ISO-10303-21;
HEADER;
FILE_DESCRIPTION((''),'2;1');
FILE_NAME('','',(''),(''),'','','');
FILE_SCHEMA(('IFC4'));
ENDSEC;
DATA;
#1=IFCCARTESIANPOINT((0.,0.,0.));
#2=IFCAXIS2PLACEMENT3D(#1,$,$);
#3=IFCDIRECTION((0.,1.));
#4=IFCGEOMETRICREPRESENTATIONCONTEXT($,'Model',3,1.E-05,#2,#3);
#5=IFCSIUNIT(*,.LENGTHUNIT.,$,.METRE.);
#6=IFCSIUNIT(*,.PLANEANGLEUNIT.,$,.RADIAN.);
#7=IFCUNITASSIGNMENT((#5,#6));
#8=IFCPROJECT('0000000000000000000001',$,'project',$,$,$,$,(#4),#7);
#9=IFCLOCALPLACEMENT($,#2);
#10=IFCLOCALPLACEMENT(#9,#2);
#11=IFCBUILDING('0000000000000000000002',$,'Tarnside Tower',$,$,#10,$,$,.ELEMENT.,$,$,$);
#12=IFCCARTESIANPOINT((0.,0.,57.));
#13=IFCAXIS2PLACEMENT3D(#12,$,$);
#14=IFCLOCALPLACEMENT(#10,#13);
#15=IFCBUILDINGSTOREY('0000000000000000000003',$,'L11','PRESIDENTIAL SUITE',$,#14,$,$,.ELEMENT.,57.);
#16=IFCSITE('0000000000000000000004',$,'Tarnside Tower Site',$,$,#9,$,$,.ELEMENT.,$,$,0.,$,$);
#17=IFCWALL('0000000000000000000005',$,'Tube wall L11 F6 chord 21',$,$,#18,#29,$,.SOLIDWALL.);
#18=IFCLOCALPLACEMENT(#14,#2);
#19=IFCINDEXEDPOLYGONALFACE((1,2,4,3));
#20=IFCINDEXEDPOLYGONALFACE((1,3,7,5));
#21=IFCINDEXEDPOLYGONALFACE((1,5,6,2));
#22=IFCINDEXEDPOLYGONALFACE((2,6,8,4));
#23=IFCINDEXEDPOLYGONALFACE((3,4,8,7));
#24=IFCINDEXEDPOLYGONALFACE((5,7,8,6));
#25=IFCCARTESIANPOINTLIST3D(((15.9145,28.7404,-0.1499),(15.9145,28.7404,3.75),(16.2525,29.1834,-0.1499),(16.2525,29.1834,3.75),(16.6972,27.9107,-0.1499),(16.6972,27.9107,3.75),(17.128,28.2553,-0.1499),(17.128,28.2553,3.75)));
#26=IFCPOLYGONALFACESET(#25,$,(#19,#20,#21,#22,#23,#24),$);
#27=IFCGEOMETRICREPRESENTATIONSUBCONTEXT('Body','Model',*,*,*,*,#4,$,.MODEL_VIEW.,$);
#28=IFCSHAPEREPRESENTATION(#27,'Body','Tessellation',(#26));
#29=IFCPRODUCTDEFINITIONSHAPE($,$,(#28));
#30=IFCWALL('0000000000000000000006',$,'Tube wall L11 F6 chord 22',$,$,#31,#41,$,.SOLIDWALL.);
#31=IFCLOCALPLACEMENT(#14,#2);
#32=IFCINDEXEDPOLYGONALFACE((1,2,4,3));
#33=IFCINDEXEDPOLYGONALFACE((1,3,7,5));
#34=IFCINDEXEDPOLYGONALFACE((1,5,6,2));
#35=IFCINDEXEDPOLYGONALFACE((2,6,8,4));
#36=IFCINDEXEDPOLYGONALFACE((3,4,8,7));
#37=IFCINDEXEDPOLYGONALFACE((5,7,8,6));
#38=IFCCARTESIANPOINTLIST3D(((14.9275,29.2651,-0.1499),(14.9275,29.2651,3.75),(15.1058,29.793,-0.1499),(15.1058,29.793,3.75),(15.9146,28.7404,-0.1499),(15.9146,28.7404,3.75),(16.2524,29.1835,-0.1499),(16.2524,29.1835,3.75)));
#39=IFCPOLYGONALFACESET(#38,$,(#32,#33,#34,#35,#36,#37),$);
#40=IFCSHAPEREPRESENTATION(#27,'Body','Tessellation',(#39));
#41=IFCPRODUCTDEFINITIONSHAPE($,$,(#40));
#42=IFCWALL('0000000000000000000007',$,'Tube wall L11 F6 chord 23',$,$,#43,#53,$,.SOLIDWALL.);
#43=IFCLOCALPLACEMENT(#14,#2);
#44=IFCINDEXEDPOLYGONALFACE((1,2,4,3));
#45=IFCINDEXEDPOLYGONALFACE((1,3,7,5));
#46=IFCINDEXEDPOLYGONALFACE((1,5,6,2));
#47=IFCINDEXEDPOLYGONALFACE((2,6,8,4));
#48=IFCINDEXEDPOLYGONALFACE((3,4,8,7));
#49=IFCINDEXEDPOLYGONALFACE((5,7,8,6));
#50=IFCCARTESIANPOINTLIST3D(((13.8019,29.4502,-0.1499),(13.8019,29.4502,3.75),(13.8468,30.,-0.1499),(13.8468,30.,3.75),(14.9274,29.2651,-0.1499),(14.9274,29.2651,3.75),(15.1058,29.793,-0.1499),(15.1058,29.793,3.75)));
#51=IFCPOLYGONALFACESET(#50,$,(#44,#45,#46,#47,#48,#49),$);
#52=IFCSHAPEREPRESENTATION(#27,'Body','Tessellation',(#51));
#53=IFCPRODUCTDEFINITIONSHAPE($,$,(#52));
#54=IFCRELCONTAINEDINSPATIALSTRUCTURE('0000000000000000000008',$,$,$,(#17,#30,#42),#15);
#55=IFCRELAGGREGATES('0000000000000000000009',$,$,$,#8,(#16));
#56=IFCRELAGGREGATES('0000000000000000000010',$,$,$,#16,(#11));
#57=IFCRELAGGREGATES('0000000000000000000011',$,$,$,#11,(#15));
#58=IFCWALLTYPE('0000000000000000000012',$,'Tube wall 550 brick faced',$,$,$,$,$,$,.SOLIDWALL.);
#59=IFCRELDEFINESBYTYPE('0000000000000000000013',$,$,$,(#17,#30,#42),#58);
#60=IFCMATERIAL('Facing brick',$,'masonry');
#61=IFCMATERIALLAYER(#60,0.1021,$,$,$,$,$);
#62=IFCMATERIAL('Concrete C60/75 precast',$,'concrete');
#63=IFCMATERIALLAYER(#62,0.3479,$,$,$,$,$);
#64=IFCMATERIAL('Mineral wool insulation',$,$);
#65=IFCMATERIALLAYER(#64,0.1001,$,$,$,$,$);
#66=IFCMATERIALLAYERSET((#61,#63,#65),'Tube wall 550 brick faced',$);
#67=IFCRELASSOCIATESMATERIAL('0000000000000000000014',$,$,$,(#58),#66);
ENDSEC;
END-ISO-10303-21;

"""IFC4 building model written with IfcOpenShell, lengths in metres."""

from ifc_helpers import new_model, si_unit, direction, frame, origin, place, context, subcontext, project, spatial, polyline, outline, extrude, material, layer, layer_set, type_object, element, save


model = new_model("IFC4")

# Units and contexts
model_context = context("Model", 3, precision=1e-05, world=origin(), true_north=direction((0.0, 1.0)))
body_context = subcontext(model_context, "Body", "Model", "MODEL_VIEW")
ifc_project = project(units=[si_unit("LENGTHUNIT", "METRE"), si_unit("PLANEANGLEUNIT", "RADIAN")], contexts=[model_context])

# Site, building, storey
site_placement = place(None, origin())
site = spatial("IfcSite", under=ifc_project, at=site_placement, Name="Tarnside Tower Site", CompositionType="ELEMENT", RefElevation=0.0)
building_placement = place(site_placement, origin())
building = spatial("IfcBuilding", under=site, at=building_placement, Name="Tarnside Tower", CompositionType="ELEMENT")
storey_placement = place(building_placement, frame((0.0, 0.0, 57.0)))
storey = spatial("IfcBuildingStorey", under=building, at=storey_placement, Name="L11", Description="PRESIDENTIAL SUITE", CompositionType="ELEMENT", Elevation=57.0)

# Shared definitions
ifc_material_1 = material(Name="Facing brick", Category="masonry")
ifc_layer_1 = layer(ifc_material_1, 0.1021)
ifc_material_2 = material(Name="Concrete C60/75 precast", Category="concrete")
ifc_layer_2 = layer(ifc_material_2, 0.3479)
ifc_material_3 = material(Name="Mineral wool insulation")
ifc_layer_3 = layer(ifc_material_3, 0.1001)
ifc_layer_set_1 = layer_set([ifc_layer_1, ifc_layer_2, ifc_layer_3], Name="Tube wall 550 brick faced")
wall_type_1 = type_object("IfcWallType", Name="Tube wall 550 brick faced", PredefinedType="SOLIDWALL", material=ifc_layer_set_1)

# Walls
wall_1_placement = place(storey_placement, frame((16.9126, 28.083, -0.1499), z_axis=(0.0, 0.0, 1.0), x_axis=(-0.686196, 0.727416, 0.0)))
element("IfcWall", 1, at=wall_1_placement, inside=storey, type_object=wall_type_1, Name="Tube wall L11 F6 chord 21", PredefinedType="SOLIDWALL", context=body_context, shape_type="SweptSolid", body=[
    extrude(outline(polyline([(-0.0225, -0.2749), (1.2534, -0.2749), (1.1631, 0.2749), (0.0225, 0.2749), (-0.0225, -0.2749)])), origin(), (0.0, 0.0, 1.0), 3.8999),
])
wall_2_placement = place(storey_placement, frame((16.0835, 28.9619, -0.1499), z_axis=(0.0, 0.0, 1.0), x_axis=(-0.882995, 0.469382, 0.0)))
element("IfcWall", 2, at=wall_2_placement, inside=storey, type_object=wall_type_1, Name="Tube wall L11 F6 chord 22", PredefinedType="SOLIDWALL", context=body_context, shape_type="SweptSolid", body=[
    extrude(outline(polyline([(-0.0452, -0.2749), (1.2534, -0.2749), (1.1631, 0.2749), (0.0452, 0.2749), (-0.0452, -0.2749)])), origin(), (0.0, 0.0, 1.0), 3.8999),
])
wall_3_placement = place(storey_placement, frame((15.0166, 29.5291, -0.1499), z_axis=(0.0, 0.0, 1.0), x_axis=(-0.986747, 0.162269, 0.0)))
element("IfcWall", 3, at=wall_3_placement, inside=storey, type_object=wall_type_1, Name="Tube wall L11 F6 chord 23", PredefinedType="SOLIDWALL", context=body_context, shape_type="SweptSolid", body=[
    extrude(outline(polyline([(-0.0452, -0.2749), (1.2307, -0.2749), (1.1858, 0.2749), (0.0452, 0.2749), (-0.0452, -0.2749)])), origin(), (0.0, 0.0, 1.0), 3.8999),
])

save(model, "model.ifc")
